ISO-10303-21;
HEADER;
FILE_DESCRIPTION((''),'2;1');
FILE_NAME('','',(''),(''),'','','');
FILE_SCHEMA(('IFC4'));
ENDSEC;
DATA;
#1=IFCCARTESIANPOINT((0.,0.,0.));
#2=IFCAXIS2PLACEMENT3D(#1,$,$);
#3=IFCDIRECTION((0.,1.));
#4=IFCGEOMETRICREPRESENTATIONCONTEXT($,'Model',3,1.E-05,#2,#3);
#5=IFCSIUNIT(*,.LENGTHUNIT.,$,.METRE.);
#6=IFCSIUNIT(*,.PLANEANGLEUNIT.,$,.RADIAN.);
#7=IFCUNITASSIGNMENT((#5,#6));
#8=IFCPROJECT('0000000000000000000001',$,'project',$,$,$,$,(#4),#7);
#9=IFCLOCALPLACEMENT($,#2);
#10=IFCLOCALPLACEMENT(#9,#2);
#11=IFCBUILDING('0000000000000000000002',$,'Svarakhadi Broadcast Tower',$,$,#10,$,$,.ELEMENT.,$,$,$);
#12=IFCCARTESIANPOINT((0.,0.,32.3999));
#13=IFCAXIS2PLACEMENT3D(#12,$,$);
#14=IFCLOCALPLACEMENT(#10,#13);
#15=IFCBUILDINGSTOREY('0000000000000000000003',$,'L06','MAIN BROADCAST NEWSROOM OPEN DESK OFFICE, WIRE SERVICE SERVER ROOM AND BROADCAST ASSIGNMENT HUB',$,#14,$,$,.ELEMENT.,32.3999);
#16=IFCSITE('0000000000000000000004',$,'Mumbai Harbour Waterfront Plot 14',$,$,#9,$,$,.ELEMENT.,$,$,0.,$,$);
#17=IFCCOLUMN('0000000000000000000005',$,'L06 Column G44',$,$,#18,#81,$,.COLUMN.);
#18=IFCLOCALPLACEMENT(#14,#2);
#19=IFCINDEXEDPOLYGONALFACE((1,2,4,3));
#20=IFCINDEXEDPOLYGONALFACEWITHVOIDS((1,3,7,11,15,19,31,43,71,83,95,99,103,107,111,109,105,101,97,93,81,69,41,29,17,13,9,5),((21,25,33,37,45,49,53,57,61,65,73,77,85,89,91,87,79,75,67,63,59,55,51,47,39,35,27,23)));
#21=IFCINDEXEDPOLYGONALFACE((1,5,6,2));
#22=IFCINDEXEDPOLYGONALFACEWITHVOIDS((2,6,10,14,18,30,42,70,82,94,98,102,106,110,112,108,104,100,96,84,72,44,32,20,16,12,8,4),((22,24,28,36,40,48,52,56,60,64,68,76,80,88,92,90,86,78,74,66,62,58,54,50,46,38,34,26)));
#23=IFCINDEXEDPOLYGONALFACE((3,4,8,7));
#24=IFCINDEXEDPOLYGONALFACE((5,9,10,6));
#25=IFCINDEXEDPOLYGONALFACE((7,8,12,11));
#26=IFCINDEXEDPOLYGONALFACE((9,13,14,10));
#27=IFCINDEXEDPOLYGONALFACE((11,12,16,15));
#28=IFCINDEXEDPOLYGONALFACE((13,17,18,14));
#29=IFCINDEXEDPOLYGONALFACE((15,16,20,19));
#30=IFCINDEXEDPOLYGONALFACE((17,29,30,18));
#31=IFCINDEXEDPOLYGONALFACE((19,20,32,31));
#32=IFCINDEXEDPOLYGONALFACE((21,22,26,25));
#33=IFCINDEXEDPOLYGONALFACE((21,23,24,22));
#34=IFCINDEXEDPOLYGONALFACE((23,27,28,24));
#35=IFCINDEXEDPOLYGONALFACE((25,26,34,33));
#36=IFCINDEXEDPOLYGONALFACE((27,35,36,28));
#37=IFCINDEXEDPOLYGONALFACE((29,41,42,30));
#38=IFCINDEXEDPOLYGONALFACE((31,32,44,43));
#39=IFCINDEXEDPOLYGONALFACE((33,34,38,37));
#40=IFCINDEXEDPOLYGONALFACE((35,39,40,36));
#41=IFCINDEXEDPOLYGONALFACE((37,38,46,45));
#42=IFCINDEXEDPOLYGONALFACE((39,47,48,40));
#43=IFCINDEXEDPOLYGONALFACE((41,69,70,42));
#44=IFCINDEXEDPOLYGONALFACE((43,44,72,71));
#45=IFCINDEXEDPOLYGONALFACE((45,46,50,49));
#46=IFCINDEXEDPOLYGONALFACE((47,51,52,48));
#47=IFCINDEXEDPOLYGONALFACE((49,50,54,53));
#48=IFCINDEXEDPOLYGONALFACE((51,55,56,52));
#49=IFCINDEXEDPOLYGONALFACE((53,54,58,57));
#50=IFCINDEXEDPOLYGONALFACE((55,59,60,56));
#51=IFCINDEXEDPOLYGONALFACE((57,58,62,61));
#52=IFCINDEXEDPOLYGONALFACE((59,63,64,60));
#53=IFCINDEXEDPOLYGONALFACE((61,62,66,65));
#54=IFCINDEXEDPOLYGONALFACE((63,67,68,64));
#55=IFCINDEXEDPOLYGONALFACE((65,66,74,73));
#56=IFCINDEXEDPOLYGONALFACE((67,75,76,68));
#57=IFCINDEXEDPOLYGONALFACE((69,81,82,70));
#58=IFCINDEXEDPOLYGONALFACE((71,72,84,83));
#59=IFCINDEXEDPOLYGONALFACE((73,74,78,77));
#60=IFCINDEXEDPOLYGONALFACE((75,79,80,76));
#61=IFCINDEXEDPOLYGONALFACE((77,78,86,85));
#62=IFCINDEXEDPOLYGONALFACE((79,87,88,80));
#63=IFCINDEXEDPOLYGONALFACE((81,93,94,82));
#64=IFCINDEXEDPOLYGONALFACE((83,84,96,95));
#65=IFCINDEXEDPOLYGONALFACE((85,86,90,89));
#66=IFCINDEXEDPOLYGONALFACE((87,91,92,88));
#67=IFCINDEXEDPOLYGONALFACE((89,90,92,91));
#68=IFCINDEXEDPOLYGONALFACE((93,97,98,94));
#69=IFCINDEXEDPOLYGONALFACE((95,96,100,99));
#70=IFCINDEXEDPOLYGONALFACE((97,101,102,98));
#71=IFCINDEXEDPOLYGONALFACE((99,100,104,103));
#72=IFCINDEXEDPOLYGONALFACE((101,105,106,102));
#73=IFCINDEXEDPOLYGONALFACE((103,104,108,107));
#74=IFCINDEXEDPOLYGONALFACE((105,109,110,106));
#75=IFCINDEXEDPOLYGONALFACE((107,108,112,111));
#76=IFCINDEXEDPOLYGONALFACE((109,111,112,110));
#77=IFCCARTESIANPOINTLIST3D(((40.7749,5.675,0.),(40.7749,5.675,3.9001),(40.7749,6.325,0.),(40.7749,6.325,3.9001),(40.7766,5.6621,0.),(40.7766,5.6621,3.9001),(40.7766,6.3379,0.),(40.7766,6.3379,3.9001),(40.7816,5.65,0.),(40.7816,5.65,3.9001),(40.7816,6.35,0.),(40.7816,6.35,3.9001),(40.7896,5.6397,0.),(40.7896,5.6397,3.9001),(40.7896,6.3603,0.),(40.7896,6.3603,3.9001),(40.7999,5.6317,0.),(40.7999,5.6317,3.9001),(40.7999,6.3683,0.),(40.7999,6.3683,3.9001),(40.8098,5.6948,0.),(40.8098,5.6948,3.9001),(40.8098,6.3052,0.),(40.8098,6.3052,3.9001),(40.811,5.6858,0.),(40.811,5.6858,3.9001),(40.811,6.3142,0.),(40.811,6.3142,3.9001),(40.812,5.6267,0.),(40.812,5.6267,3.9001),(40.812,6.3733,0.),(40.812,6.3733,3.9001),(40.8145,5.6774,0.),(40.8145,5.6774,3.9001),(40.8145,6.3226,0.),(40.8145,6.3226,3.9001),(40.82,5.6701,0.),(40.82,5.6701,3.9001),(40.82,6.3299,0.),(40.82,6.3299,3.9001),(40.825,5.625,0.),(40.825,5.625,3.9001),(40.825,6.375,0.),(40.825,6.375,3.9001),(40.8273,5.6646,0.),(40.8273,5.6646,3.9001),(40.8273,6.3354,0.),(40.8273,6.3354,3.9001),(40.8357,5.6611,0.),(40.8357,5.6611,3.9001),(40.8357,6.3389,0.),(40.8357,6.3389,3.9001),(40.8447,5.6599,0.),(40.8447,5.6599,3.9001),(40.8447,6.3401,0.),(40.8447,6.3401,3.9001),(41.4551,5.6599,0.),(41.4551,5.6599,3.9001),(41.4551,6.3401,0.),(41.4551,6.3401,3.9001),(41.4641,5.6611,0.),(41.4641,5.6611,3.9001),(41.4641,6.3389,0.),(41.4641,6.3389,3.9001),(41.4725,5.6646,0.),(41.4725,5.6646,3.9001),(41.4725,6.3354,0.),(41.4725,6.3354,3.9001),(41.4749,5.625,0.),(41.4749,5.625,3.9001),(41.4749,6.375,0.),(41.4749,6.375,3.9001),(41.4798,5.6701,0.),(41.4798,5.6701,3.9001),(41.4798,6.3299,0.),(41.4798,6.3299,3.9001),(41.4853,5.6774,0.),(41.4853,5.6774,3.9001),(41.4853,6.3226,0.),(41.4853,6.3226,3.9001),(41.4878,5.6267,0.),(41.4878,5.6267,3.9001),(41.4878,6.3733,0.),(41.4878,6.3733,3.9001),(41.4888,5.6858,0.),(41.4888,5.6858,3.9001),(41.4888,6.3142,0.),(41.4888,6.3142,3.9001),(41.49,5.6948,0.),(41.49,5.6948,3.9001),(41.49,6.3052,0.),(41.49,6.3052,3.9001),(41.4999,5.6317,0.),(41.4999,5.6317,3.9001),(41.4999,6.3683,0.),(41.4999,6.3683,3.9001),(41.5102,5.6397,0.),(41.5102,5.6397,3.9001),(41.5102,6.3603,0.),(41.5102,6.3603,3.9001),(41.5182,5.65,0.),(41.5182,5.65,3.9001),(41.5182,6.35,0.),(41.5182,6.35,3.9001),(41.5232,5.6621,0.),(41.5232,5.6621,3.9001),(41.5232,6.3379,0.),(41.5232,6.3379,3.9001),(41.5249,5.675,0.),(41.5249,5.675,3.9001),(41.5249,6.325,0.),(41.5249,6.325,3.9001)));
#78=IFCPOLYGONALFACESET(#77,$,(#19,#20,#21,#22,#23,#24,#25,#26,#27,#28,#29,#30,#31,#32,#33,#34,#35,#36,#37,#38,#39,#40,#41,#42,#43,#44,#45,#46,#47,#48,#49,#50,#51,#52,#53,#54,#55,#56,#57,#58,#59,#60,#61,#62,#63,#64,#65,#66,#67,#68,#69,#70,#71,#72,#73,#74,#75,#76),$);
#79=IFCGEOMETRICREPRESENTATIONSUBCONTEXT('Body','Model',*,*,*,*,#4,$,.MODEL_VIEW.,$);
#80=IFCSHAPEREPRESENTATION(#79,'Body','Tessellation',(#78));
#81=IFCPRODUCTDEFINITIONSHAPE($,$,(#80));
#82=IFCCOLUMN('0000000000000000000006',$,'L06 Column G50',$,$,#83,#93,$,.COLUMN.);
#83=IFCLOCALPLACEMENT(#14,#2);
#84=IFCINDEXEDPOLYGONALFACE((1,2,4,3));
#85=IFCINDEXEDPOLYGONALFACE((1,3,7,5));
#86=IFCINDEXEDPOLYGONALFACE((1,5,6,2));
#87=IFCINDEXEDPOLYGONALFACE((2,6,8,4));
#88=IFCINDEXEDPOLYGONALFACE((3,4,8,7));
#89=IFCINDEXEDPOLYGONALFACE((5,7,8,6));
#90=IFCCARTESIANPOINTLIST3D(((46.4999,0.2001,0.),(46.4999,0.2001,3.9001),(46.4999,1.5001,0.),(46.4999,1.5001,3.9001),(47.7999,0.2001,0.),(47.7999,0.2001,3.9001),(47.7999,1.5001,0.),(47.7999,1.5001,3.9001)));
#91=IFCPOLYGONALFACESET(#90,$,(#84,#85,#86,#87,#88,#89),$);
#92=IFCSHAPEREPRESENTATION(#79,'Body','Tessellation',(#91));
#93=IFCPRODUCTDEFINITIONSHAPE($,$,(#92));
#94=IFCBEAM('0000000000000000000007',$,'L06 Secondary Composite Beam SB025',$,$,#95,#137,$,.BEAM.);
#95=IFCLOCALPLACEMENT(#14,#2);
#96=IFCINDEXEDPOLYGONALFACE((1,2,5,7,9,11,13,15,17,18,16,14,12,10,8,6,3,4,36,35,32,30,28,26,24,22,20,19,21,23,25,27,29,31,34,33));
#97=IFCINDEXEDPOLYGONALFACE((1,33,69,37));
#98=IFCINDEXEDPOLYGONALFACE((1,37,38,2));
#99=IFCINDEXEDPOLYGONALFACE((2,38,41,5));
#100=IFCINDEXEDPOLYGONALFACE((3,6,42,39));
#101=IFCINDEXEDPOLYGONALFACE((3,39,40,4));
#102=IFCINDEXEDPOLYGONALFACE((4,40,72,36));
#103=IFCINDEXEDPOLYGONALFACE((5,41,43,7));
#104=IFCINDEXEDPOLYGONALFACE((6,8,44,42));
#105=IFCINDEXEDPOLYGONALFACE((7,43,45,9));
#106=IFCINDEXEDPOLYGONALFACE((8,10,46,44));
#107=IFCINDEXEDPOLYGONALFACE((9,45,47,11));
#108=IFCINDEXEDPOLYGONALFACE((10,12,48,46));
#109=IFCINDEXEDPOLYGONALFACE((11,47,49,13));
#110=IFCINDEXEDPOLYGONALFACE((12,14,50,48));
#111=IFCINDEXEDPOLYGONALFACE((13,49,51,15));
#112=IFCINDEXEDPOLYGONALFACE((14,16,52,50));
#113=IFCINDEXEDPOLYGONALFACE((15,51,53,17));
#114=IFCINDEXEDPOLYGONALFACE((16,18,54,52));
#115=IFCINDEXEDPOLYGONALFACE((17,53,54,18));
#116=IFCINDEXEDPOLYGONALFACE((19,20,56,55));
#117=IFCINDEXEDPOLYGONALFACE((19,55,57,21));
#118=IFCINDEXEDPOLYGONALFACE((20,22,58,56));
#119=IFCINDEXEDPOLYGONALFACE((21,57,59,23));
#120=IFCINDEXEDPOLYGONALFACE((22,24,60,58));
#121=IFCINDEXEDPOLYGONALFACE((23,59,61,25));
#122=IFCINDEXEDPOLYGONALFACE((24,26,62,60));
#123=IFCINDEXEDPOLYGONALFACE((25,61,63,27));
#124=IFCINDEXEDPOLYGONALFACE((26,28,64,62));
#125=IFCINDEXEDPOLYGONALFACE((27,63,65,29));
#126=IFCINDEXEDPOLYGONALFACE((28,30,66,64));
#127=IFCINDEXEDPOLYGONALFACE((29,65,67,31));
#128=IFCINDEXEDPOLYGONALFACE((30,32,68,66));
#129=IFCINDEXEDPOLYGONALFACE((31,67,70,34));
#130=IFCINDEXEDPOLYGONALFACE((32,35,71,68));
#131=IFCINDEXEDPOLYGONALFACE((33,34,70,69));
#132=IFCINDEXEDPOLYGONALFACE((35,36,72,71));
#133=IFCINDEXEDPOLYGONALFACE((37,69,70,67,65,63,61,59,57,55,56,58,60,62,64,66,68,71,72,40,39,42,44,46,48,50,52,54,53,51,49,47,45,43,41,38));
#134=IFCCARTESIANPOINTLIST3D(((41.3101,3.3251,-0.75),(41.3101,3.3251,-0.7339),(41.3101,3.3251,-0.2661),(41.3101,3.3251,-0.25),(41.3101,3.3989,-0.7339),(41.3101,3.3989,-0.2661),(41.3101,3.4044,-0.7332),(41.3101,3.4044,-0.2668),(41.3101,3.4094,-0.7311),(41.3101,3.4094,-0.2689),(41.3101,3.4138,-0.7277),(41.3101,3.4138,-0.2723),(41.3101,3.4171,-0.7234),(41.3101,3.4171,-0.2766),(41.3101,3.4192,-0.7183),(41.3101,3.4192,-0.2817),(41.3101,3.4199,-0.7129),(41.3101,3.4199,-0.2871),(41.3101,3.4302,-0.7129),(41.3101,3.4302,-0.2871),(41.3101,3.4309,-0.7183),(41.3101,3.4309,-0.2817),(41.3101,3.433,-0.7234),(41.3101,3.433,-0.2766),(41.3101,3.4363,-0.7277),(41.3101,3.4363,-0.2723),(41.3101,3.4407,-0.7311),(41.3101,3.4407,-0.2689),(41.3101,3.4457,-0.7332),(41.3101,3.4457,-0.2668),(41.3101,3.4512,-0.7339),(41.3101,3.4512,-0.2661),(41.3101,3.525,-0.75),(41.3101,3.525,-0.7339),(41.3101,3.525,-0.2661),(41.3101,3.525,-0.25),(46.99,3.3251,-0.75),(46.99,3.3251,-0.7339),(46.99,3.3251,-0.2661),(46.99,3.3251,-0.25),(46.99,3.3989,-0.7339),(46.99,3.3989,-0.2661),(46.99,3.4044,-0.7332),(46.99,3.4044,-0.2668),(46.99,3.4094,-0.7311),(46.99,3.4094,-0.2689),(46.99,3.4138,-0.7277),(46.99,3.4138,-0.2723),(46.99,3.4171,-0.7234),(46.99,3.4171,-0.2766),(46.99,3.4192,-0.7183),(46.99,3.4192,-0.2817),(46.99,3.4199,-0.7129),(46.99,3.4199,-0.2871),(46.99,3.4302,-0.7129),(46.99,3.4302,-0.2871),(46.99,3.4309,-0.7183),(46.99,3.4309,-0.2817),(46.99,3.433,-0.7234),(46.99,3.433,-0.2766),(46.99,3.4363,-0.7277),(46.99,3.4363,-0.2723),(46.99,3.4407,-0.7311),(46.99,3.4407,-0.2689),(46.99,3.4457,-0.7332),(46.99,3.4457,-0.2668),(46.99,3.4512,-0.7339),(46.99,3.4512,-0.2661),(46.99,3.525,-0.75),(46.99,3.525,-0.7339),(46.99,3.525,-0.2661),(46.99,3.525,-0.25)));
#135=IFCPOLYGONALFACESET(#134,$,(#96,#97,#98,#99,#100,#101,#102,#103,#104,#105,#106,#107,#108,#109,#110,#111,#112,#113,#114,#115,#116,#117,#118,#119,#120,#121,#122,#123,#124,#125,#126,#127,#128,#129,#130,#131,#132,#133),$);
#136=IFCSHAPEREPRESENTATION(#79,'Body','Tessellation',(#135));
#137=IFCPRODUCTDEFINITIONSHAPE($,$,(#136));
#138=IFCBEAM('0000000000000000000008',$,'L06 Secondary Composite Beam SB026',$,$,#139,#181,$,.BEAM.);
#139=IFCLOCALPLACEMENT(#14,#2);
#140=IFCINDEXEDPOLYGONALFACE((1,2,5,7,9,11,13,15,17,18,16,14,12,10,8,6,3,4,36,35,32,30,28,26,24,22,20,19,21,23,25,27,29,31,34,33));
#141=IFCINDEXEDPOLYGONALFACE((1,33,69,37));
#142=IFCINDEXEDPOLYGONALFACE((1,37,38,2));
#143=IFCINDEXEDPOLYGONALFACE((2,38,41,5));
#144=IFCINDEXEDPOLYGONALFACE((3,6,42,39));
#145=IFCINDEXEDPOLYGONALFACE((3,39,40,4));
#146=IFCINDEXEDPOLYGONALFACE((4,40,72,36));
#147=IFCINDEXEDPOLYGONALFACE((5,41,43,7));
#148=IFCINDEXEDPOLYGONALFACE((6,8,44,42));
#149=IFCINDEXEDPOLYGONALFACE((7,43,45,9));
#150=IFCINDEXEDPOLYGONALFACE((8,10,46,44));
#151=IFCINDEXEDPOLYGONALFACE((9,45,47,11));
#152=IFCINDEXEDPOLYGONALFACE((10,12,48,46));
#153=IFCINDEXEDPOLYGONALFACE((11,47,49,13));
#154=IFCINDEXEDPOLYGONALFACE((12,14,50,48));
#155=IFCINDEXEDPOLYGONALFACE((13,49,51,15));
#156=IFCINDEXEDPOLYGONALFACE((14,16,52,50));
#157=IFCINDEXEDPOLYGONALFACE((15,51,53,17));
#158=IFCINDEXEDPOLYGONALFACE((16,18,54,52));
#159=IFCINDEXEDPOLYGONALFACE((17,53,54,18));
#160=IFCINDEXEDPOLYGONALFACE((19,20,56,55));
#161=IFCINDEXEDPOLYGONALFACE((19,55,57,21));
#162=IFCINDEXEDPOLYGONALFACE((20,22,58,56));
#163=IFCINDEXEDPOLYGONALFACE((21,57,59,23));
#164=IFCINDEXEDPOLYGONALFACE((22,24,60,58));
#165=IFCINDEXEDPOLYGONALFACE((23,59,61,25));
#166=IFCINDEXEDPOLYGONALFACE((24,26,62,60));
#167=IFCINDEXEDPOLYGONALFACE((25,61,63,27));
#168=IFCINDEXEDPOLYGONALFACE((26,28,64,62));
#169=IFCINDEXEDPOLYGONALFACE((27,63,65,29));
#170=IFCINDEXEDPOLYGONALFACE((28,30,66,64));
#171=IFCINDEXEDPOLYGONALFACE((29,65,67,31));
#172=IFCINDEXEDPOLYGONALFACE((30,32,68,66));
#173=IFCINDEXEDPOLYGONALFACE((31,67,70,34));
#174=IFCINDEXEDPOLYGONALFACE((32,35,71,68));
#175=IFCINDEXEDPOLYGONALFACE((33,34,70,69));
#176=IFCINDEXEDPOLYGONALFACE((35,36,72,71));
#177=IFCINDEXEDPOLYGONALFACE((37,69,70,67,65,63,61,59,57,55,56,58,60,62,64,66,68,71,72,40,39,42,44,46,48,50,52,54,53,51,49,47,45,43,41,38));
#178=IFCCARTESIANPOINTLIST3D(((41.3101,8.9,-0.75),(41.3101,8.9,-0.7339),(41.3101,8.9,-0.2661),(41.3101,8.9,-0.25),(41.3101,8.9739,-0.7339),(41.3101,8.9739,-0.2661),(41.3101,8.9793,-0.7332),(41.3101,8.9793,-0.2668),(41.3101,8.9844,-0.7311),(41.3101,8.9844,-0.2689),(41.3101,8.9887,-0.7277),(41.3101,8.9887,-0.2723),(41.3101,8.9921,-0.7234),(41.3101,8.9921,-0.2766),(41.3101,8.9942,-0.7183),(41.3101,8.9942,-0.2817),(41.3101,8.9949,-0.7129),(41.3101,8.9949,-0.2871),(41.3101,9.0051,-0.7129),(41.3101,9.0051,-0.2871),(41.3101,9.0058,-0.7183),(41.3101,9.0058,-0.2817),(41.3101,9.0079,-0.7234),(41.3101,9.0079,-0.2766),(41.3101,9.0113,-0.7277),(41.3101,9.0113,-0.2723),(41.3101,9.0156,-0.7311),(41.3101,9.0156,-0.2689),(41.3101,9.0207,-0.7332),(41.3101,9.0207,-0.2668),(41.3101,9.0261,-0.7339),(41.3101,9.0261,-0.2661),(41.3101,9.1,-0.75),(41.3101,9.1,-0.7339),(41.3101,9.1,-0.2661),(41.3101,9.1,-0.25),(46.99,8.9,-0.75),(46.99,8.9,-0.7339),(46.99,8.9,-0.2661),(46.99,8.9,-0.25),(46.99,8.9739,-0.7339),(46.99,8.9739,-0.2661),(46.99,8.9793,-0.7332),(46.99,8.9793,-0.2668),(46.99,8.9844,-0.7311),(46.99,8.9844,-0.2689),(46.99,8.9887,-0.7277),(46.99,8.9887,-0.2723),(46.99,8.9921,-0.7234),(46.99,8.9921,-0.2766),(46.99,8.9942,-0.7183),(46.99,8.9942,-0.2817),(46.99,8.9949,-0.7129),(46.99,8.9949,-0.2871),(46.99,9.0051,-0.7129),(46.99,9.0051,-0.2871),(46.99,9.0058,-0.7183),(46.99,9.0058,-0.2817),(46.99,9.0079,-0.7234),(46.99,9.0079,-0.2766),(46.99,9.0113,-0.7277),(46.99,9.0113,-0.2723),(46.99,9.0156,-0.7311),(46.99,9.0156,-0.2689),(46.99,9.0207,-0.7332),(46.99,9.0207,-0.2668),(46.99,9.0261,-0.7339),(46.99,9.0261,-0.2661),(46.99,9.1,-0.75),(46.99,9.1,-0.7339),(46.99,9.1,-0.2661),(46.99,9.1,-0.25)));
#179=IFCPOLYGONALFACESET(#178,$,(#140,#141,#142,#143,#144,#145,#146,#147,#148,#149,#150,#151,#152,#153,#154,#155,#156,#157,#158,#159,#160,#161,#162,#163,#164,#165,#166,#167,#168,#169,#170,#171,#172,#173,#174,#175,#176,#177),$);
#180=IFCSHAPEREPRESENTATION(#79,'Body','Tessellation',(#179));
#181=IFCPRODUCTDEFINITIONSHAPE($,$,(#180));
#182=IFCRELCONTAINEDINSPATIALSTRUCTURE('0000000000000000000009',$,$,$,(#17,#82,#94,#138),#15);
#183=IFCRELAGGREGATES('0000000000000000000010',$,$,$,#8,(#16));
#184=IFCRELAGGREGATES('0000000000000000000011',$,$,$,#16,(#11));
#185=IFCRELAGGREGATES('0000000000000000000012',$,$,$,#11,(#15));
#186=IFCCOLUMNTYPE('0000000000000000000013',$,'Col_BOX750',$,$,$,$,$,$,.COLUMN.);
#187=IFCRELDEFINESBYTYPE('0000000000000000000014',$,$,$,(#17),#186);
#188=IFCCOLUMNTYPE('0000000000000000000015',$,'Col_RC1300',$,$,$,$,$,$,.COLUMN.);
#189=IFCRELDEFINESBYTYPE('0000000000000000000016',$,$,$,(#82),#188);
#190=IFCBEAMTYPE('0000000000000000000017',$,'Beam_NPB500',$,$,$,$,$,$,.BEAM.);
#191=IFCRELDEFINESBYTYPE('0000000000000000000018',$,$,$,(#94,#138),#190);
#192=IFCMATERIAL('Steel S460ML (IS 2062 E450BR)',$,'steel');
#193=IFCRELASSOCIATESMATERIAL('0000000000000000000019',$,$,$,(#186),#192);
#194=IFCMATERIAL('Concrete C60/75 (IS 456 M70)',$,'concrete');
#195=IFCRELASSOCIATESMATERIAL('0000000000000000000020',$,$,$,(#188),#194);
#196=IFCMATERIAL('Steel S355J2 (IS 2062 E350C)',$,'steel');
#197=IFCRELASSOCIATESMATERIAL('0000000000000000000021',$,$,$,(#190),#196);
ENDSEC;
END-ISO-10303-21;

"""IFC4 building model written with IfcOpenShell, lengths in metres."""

from ifc_helpers import new_model, si_unit, direction, frame, origin, origin_2d, place, context, subcontext, project, spatial, rectangle, hollow_rectangle, i_section, extrude, material, material_profile, profile_set, type_object, element, save


model = new_model("IFC4")

# Units and contexts
model_context = context("Model", 3, precision=1e-05, world=origin(), true_north=direction((0.0, 1.0)))
body_context = subcontext(model_context, "Body", "Model", "MODEL_VIEW")
ifc_project = project(units=[si_unit("LENGTHUNIT", "METRE"), si_unit("PLANEANGLEUNIT", "RADIAN")], contexts=[model_context])

# Site, building, storey
site_placement = place(None, origin())
site = spatial("IfcSite", under=ifc_project, at=site_placement, Name="Mumbai Harbour Waterfront Plot 14", CompositionType="ELEMENT", RefElevation=0.0)
building_placement = place(site_placement, origin())
building = spatial("IfcBuilding", under=site, at=building_placement, Name="Svarakhadi Broadcast Tower", CompositionType="ELEMENT")
storey_placement = place(building_placement, frame((0.0, 0.0, 32.3999)))
storey = spatial("IfcBuildingStorey", under=building, at=storey_placement, Name="L06", Description="MAIN BROADCAST NEWSROOM OPEN DESK OFFICE, WIRE SERVICE SERVER ROOM AND BROADCAST ASSIGNMENT HUB", CompositionType="ELEMENT", Elevation=32.3999)

# Columns
ifc_material_1 = material(Name="Steel S460ML (IS 2062 E450BR)", Category="steel")
ifc_material_profile_1 = material_profile(ifc_material_1, hollow_rectangle(XDim=0.75, YDim=0.75, WallThickness=0.0349, InnerFilletRadius=0.0349, OuterFilletRadius=0.05, at=origin_2d()), Name="BOX 750x750x35")
ifc_profile_set_1 = profile_set([ifc_material_profile_1], Name="Steel S460ML (IS 2062 E450BR)")
column_type_1 = type_object("IfcColumnType", Name="Col_BOX750", PredefinedType="COLUMN", material=ifc_profile_set_1)
column_1_placement = place(storey_placement, frame((41.1499, 6.0, 0.0), z_axis=(0.0, 0.0, 1.0), x_axis=(1.0, 0.0, 0.0)))
element("IfcColumn", 1, at=column_1_placement, inside=storey, type_object=column_type_1, Name="L06 Column G44", PredefinedType="COLUMN", context=body_context, shape_type="SweptSolid", body=[
    extrude(hollow_rectangle(XDim=0.75, YDim=0.75, WallThickness=0.0349, InnerFilletRadius=0.0349, OuterFilletRadius=0.05, at=origin_2d()), origin(), (0.0, 0.0, 1.0), 3.9001),
])
ifc_material_2 = material(Name="Concrete C60/75 (IS 456 M70)", Category="concrete")
ifc_material_profile_2 = material_profile(ifc_material_2, rectangle(XDim=1.3, YDim=1.3, at=origin_2d()), Name="RC 1300x1300")
ifc_profile_set_2 = profile_set([ifc_material_profile_2], Name="Concrete C60/75 (IS 456 M70)")
column_type_2 = type_object("IfcColumnType", Name="Col_RC1300", PredefinedType="COLUMN", material=ifc_profile_set_2)
column_2_placement = place(storey_placement, frame((47.1499, 0.8501, 0.0), z_axis=(0.0, 0.0, 1.0), x_axis=(1.0, 0.0, 0.0)))
element("IfcColumn", 2, at=column_2_placement, inside=storey, type_object=column_type_2, Name="L06 Column G50", PredefinedType="COLUMN", context=body_context, shape_type="SweptSolid", body=[
    extrude(rectangle(XDim=1.3, YDim=1.3, at=origin_2d()), origin(), (0.0, 0.0, 1.0), 3.9001),
])

# Beams
ifc_material_3 = material(Name="Steel S355J2 (IS 2062 E350C)", Category="steel")
ifc_material_profile_3 = material_profile(ifc_material_3, i_section(OverallWidth=0.2, OverallDepth=0.5, WebThickness=0.0103, FlangeThickness=0.0161, FilletRadius=0.021, at=origin_2d()), Name="NPB 500x200x91")
ifc_profile_set_3 = profile_set([ifc_material_profile_3], Name="Steel S355J2 (IS 2062 E350C)")
beam_type_1 = type_object("IfcBeamType", Name="Beam_NPB500", PredefinedType="BEAM", material=ifc_profile_set_3)
for number, where, z_axis, x_axis, name in (
    (3, (41.3101, 3.425, -0.5), (1.0, 0.0, 0.0), (0.0, 1.0, 0.0), "L06 Secondary Composite Beam SB025"),
    (4, (41.3101, 9.0, -0.5), (1.0, 0.0, 0.0), (0.0, 1.0, 0.0), "L06 Secondary Composite Beam SB026"),
):
    element("IfcBeam", number, at=place(storey_placement, frame(where, z_axis=z_axis, x_axis=x_axis)), inside=storey, type_object=beam_type_1, Name=name, PredefinedType="BEAM", context=body_context, shape_type="SweptSolid", body=[
        extrude(i_section(OverallWidth=0.2, OverallDepth=0.5, WebThickness=0.0103, FlangeThickness=0.0161, FilletRadius=0.021, at=origin_2d()), origin(), (0.0, 0.0, 1.0), 5.6799),
    ])

save(model, "model.ifc")
